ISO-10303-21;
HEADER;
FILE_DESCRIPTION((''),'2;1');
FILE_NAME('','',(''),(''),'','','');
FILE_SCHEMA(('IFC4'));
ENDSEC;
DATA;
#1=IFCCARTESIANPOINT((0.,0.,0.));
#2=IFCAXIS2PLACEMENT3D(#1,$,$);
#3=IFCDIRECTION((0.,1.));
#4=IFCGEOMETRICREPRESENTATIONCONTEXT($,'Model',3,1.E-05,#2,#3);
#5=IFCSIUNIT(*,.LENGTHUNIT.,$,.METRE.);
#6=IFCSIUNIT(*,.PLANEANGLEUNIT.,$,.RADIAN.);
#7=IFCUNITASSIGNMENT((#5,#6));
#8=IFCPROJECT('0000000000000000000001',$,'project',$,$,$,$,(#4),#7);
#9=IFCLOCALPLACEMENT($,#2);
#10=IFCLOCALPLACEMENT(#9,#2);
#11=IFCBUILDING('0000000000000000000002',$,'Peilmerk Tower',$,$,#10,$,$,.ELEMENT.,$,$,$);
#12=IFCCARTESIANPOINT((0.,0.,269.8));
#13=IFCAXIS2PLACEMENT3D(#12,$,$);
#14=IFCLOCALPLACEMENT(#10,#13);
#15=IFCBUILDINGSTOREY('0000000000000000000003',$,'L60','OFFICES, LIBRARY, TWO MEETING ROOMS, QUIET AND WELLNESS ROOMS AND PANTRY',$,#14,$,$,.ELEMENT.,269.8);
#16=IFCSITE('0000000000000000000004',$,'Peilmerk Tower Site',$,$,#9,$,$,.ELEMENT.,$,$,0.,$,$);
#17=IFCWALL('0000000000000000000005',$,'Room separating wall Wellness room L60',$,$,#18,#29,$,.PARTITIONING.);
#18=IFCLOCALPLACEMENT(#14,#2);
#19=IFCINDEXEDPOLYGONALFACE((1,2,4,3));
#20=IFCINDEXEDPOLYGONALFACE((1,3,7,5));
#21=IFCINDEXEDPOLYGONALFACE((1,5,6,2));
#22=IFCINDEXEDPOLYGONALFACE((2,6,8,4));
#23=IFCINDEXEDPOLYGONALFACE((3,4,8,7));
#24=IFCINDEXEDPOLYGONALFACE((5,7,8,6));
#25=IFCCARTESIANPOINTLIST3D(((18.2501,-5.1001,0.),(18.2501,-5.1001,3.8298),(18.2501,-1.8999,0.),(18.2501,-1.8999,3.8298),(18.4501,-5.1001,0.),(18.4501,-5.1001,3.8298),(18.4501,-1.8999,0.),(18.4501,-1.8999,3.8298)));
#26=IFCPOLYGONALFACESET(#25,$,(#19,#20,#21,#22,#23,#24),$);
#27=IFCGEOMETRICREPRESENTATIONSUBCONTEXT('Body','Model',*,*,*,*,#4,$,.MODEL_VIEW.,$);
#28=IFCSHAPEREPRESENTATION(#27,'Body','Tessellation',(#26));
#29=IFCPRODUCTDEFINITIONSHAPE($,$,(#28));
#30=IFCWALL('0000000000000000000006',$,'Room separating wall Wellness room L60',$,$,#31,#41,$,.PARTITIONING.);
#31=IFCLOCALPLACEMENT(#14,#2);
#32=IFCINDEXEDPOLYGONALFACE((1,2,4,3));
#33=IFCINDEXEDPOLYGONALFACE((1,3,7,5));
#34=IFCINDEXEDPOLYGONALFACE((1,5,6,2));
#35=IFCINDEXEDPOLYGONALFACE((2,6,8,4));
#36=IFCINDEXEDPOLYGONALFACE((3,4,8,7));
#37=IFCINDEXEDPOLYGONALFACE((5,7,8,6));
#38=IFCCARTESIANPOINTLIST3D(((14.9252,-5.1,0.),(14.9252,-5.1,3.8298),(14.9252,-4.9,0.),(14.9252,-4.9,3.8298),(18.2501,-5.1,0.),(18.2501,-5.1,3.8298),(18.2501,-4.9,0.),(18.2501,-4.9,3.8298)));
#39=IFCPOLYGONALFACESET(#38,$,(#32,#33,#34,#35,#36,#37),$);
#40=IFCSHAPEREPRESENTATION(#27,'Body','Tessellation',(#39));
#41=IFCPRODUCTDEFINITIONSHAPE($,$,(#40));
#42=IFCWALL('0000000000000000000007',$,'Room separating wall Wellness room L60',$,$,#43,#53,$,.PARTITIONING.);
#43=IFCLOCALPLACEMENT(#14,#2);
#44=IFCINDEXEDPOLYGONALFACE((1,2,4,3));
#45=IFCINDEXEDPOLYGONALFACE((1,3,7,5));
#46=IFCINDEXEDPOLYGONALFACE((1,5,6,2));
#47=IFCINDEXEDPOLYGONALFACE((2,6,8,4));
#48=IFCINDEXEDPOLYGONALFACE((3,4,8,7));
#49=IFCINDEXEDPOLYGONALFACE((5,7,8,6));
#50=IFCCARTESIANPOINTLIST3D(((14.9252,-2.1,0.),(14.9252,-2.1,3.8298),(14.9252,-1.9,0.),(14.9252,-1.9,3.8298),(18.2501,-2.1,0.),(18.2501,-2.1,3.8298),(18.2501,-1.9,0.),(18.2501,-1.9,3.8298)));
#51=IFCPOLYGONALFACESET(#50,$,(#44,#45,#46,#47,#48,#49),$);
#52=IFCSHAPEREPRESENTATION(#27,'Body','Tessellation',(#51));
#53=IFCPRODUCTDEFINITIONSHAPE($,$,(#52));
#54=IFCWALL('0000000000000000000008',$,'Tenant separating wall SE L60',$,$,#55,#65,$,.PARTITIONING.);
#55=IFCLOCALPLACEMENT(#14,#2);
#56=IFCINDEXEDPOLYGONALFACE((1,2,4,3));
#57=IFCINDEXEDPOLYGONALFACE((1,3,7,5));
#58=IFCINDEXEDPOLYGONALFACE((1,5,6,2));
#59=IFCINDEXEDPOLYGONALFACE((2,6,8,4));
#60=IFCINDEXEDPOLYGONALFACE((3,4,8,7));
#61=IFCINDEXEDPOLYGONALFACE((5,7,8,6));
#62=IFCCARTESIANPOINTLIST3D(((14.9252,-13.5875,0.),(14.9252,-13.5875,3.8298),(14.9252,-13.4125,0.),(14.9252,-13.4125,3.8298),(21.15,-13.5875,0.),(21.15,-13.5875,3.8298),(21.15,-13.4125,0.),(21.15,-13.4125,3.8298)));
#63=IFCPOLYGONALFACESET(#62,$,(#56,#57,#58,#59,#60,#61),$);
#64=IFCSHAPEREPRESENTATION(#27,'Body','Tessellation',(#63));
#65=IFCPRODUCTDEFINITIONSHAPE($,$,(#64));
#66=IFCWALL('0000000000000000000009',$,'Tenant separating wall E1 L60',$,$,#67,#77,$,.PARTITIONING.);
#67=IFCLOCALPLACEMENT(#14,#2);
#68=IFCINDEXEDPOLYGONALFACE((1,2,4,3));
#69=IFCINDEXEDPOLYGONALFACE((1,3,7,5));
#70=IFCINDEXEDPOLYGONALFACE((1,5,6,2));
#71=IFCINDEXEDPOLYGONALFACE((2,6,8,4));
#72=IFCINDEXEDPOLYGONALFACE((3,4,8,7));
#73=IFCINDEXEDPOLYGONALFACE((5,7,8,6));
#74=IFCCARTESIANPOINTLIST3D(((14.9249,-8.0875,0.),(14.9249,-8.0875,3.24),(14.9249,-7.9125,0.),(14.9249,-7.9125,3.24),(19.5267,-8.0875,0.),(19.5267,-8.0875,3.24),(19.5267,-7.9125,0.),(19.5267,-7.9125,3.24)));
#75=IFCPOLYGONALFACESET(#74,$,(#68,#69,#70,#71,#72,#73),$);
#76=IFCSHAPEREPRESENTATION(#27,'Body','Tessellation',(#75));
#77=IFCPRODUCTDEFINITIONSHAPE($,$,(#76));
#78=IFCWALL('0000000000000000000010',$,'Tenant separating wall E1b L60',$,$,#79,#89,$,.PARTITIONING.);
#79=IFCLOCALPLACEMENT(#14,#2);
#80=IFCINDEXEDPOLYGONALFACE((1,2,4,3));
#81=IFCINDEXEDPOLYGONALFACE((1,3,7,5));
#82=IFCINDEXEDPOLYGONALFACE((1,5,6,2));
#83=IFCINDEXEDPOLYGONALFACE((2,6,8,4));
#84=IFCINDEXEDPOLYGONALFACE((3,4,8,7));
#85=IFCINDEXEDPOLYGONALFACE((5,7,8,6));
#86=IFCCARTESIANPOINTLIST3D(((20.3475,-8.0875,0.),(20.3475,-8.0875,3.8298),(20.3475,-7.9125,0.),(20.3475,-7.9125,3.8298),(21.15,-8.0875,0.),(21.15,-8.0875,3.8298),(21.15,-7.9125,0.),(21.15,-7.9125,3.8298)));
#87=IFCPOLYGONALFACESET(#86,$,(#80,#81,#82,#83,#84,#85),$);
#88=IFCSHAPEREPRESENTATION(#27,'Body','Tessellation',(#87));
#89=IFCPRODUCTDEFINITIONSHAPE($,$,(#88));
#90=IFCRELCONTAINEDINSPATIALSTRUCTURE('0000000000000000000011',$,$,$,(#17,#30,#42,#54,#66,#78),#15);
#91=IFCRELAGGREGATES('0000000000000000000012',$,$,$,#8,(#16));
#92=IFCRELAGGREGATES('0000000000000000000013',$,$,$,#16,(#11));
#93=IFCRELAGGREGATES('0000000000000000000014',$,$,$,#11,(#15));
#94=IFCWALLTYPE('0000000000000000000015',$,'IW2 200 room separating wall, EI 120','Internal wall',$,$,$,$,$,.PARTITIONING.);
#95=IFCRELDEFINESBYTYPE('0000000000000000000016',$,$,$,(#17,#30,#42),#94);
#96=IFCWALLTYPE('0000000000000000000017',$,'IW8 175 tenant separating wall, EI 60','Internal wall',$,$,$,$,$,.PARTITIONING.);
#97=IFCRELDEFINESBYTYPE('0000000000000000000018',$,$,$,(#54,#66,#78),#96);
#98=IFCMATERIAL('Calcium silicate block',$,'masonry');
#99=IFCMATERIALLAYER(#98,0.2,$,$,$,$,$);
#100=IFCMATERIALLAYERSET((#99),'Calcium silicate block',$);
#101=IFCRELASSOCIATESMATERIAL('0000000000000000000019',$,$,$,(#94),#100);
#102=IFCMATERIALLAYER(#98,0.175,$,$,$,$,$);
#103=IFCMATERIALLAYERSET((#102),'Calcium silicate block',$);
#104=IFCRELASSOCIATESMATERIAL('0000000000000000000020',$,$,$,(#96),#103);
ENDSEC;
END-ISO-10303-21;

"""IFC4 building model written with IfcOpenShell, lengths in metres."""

from ifc_helpers import new_model, si_unit, direction, frame, frame_2d, origin, place, context, subcontext, project, spatial, rectangle, extrude, material, layer, layer_set, type_object, element, save


model = new_model("IFC4")

# Units and contexts
model_context = context("Model", 3, precision=1e-05, world=origin(), true_north=direction((0.0, 1.0)))
body_context = subcontext(model_context, "Body", "Model", "MODEL_VIEW")
ifc_project = project(units=[si_unit("LENGTHUNIT", "METRE"), si_unit("PLANEANGLEUNIT", "RADIAN")], contexts=[model_context])

# Site, building, storey
site_placement = place(None, origin())
site = spatial("IfcSite", under=ifc_project, at=site_placement, Name="Peilmerk Tower Site", CompositionType="ELEMENT", RefElevation=0.0)
building_placement = place(site_placement, origin())
building = spatial("IfcBuilding", under=site, at=building_placement, Name="Peilmerk Tower", CompositionType="ELEMENT")
storey_placement = place(building_placement, frame((0.0, 0.0, 269.8)))
storey = spatial("IfcBuildingStorey", under=building, at=storey_placement, Name="L60", Description="OFFICES, LIBRARY, TWO MEETING ROOMS, QUIET AND WELLNESS ROOMS AND PANTRY", CompositionType="ELEMENT", Elevation=269.8)

# Shared definitions
ifc_material_1 = material(Name="Calcium silicate block", Category="masonry")

# Walls
ifc_layer_1 = layer(ifc_material_1, 0.2)
ifc_layer_set_1 = layer_set([ifc_layer_1], Name="Calcium silicate block")
wall_type_1 = type_object("IfcWallType", Name="IW2 200 room separating wall, EI 120", Description="Internal wall", PredefinedType="PARTITIONING", material=ifc_layer_set_1)
wall_1_placement = place(storey_placement, frame((18.3501, -5.1001, 0.0), z_axis=(0.0, 0.0, 1.0), x_axis=(0.0, 1.0, 0.0)))
element("IfcWall", 1, at=wall_1_placement, inside=storey, type_object=wall_type_1, Name="Room separating wall Wellness room L60", PredefinedType="PARTITIONING", context=body_context, shape_type="SweptSolid", body=[
    extrude(rectangle(XDim=3.2002, YDim=0.2, at=frame_2d((1.6001, 0.0))), origin(), (0.0, 0.0, 1.0), 3.8298),
])
for number, where, z_axis, x_axis, name in (
    (2, (14.925, -5.0, 0.0), (0.0, 0.0, 1.0), (1.0, 0.0, 0.0), "Room separating wall Wellness room L60"),
    (3, (14.925, -2.0, 0.0), (0.0, 0.0, 1.0), (1.0, 0.0, 0.0), "Room separating wall Wellness room L60"),
):
    element("IfcWall", number, at=place(storey_placement, frame(where, z_axis=z_axis, x_axis=x_axis)), inside=storey, type_object=wall_type_1, Name=name, PredefinedType="PARTITIONING", context=body_context, shape_type="SweptSolid", body=[
        extrude(rectangle(XDim=3.325, YDim=0.2, at=frame_2d((1.6626, 0.0))), origin(), (0.0, 0.0, 1.0), 3.8298),
    ])
ifc_layer_2 = layer(ifc_material_1, 0.175)
ifc_layer_set_2 = layer_set([ifc_layer_2], Name="Calcium silicate block")
wall_type_2 = type_object("IfcWallType", Name="IW8 175 tenant separating wall, EI 60", Description="Internal wall", PredefinedType="PARTITIONING", material=ifc_layer_set_2)
wall_2_placement = place(storey_placement, frame((21.1499, -13.5, 0.0), z_axis=(0.0, 0.0, 1.0), x_axis=(-1.0, 0.0, 0.0)))
element("IfcWall", 4, at=wall_2_placement, inside=storey, type_object=wall_type_2, Name="Tenant separating wall SE L60", PredefinedType="PARTITIONING", context=body_context, shape_type="SweptSolid", body=[
    extrude(rectangle(XDim=6.2249, YDim=0.175, at=frame_2d((3.1123, 0.0))), origin(), (0.0, 0.0, 1.0), 3.8298),
])
wall_3_placement = place(storey_placement, frame((14.925, -8.0, 0.0), z_axis=(0.0, 0.0, 1.0), x_axis=(1.0, 0.0, 0.0)))
element("IfcWall", 5, at=wall_3_placement, inside=storey, type_object=wall_type_2, Name="Tenant separating wall E1 L60", PredefinedType="PARTITIONING", context=body_context, shape_type="SweptSolid", body=[
    extrude(rectangle(XDim=4.6018, YDim=0.175, at=frame_2d((2.3008, 0.0))), origin(), (0.0, 0.0, 1.0), 3.24),
])
wall_4_placement = place(storey_placement, frame((20.3474, -8.0, 0.0), z_axis=(0.0, 0.0, 1.0), x_axis=(1.0, 0.0, 0.0)))
element("IfcWall", 6, at=wall_4_placement, inside=storey, type_object=wall_type_2, Name="Tenant separating wall E1b L60", PredefinedType="PARTITIONING", context=body_context, shape_type="SweptSolid", body=[
    extrude(rectangle(XDim=0.8025, YDim=0.175, at=frame_2d((0.4014, 0.0))), origin(), (0.0, 0.0, 1.0), 3.8298),
])

save(model, "model.ifc")
